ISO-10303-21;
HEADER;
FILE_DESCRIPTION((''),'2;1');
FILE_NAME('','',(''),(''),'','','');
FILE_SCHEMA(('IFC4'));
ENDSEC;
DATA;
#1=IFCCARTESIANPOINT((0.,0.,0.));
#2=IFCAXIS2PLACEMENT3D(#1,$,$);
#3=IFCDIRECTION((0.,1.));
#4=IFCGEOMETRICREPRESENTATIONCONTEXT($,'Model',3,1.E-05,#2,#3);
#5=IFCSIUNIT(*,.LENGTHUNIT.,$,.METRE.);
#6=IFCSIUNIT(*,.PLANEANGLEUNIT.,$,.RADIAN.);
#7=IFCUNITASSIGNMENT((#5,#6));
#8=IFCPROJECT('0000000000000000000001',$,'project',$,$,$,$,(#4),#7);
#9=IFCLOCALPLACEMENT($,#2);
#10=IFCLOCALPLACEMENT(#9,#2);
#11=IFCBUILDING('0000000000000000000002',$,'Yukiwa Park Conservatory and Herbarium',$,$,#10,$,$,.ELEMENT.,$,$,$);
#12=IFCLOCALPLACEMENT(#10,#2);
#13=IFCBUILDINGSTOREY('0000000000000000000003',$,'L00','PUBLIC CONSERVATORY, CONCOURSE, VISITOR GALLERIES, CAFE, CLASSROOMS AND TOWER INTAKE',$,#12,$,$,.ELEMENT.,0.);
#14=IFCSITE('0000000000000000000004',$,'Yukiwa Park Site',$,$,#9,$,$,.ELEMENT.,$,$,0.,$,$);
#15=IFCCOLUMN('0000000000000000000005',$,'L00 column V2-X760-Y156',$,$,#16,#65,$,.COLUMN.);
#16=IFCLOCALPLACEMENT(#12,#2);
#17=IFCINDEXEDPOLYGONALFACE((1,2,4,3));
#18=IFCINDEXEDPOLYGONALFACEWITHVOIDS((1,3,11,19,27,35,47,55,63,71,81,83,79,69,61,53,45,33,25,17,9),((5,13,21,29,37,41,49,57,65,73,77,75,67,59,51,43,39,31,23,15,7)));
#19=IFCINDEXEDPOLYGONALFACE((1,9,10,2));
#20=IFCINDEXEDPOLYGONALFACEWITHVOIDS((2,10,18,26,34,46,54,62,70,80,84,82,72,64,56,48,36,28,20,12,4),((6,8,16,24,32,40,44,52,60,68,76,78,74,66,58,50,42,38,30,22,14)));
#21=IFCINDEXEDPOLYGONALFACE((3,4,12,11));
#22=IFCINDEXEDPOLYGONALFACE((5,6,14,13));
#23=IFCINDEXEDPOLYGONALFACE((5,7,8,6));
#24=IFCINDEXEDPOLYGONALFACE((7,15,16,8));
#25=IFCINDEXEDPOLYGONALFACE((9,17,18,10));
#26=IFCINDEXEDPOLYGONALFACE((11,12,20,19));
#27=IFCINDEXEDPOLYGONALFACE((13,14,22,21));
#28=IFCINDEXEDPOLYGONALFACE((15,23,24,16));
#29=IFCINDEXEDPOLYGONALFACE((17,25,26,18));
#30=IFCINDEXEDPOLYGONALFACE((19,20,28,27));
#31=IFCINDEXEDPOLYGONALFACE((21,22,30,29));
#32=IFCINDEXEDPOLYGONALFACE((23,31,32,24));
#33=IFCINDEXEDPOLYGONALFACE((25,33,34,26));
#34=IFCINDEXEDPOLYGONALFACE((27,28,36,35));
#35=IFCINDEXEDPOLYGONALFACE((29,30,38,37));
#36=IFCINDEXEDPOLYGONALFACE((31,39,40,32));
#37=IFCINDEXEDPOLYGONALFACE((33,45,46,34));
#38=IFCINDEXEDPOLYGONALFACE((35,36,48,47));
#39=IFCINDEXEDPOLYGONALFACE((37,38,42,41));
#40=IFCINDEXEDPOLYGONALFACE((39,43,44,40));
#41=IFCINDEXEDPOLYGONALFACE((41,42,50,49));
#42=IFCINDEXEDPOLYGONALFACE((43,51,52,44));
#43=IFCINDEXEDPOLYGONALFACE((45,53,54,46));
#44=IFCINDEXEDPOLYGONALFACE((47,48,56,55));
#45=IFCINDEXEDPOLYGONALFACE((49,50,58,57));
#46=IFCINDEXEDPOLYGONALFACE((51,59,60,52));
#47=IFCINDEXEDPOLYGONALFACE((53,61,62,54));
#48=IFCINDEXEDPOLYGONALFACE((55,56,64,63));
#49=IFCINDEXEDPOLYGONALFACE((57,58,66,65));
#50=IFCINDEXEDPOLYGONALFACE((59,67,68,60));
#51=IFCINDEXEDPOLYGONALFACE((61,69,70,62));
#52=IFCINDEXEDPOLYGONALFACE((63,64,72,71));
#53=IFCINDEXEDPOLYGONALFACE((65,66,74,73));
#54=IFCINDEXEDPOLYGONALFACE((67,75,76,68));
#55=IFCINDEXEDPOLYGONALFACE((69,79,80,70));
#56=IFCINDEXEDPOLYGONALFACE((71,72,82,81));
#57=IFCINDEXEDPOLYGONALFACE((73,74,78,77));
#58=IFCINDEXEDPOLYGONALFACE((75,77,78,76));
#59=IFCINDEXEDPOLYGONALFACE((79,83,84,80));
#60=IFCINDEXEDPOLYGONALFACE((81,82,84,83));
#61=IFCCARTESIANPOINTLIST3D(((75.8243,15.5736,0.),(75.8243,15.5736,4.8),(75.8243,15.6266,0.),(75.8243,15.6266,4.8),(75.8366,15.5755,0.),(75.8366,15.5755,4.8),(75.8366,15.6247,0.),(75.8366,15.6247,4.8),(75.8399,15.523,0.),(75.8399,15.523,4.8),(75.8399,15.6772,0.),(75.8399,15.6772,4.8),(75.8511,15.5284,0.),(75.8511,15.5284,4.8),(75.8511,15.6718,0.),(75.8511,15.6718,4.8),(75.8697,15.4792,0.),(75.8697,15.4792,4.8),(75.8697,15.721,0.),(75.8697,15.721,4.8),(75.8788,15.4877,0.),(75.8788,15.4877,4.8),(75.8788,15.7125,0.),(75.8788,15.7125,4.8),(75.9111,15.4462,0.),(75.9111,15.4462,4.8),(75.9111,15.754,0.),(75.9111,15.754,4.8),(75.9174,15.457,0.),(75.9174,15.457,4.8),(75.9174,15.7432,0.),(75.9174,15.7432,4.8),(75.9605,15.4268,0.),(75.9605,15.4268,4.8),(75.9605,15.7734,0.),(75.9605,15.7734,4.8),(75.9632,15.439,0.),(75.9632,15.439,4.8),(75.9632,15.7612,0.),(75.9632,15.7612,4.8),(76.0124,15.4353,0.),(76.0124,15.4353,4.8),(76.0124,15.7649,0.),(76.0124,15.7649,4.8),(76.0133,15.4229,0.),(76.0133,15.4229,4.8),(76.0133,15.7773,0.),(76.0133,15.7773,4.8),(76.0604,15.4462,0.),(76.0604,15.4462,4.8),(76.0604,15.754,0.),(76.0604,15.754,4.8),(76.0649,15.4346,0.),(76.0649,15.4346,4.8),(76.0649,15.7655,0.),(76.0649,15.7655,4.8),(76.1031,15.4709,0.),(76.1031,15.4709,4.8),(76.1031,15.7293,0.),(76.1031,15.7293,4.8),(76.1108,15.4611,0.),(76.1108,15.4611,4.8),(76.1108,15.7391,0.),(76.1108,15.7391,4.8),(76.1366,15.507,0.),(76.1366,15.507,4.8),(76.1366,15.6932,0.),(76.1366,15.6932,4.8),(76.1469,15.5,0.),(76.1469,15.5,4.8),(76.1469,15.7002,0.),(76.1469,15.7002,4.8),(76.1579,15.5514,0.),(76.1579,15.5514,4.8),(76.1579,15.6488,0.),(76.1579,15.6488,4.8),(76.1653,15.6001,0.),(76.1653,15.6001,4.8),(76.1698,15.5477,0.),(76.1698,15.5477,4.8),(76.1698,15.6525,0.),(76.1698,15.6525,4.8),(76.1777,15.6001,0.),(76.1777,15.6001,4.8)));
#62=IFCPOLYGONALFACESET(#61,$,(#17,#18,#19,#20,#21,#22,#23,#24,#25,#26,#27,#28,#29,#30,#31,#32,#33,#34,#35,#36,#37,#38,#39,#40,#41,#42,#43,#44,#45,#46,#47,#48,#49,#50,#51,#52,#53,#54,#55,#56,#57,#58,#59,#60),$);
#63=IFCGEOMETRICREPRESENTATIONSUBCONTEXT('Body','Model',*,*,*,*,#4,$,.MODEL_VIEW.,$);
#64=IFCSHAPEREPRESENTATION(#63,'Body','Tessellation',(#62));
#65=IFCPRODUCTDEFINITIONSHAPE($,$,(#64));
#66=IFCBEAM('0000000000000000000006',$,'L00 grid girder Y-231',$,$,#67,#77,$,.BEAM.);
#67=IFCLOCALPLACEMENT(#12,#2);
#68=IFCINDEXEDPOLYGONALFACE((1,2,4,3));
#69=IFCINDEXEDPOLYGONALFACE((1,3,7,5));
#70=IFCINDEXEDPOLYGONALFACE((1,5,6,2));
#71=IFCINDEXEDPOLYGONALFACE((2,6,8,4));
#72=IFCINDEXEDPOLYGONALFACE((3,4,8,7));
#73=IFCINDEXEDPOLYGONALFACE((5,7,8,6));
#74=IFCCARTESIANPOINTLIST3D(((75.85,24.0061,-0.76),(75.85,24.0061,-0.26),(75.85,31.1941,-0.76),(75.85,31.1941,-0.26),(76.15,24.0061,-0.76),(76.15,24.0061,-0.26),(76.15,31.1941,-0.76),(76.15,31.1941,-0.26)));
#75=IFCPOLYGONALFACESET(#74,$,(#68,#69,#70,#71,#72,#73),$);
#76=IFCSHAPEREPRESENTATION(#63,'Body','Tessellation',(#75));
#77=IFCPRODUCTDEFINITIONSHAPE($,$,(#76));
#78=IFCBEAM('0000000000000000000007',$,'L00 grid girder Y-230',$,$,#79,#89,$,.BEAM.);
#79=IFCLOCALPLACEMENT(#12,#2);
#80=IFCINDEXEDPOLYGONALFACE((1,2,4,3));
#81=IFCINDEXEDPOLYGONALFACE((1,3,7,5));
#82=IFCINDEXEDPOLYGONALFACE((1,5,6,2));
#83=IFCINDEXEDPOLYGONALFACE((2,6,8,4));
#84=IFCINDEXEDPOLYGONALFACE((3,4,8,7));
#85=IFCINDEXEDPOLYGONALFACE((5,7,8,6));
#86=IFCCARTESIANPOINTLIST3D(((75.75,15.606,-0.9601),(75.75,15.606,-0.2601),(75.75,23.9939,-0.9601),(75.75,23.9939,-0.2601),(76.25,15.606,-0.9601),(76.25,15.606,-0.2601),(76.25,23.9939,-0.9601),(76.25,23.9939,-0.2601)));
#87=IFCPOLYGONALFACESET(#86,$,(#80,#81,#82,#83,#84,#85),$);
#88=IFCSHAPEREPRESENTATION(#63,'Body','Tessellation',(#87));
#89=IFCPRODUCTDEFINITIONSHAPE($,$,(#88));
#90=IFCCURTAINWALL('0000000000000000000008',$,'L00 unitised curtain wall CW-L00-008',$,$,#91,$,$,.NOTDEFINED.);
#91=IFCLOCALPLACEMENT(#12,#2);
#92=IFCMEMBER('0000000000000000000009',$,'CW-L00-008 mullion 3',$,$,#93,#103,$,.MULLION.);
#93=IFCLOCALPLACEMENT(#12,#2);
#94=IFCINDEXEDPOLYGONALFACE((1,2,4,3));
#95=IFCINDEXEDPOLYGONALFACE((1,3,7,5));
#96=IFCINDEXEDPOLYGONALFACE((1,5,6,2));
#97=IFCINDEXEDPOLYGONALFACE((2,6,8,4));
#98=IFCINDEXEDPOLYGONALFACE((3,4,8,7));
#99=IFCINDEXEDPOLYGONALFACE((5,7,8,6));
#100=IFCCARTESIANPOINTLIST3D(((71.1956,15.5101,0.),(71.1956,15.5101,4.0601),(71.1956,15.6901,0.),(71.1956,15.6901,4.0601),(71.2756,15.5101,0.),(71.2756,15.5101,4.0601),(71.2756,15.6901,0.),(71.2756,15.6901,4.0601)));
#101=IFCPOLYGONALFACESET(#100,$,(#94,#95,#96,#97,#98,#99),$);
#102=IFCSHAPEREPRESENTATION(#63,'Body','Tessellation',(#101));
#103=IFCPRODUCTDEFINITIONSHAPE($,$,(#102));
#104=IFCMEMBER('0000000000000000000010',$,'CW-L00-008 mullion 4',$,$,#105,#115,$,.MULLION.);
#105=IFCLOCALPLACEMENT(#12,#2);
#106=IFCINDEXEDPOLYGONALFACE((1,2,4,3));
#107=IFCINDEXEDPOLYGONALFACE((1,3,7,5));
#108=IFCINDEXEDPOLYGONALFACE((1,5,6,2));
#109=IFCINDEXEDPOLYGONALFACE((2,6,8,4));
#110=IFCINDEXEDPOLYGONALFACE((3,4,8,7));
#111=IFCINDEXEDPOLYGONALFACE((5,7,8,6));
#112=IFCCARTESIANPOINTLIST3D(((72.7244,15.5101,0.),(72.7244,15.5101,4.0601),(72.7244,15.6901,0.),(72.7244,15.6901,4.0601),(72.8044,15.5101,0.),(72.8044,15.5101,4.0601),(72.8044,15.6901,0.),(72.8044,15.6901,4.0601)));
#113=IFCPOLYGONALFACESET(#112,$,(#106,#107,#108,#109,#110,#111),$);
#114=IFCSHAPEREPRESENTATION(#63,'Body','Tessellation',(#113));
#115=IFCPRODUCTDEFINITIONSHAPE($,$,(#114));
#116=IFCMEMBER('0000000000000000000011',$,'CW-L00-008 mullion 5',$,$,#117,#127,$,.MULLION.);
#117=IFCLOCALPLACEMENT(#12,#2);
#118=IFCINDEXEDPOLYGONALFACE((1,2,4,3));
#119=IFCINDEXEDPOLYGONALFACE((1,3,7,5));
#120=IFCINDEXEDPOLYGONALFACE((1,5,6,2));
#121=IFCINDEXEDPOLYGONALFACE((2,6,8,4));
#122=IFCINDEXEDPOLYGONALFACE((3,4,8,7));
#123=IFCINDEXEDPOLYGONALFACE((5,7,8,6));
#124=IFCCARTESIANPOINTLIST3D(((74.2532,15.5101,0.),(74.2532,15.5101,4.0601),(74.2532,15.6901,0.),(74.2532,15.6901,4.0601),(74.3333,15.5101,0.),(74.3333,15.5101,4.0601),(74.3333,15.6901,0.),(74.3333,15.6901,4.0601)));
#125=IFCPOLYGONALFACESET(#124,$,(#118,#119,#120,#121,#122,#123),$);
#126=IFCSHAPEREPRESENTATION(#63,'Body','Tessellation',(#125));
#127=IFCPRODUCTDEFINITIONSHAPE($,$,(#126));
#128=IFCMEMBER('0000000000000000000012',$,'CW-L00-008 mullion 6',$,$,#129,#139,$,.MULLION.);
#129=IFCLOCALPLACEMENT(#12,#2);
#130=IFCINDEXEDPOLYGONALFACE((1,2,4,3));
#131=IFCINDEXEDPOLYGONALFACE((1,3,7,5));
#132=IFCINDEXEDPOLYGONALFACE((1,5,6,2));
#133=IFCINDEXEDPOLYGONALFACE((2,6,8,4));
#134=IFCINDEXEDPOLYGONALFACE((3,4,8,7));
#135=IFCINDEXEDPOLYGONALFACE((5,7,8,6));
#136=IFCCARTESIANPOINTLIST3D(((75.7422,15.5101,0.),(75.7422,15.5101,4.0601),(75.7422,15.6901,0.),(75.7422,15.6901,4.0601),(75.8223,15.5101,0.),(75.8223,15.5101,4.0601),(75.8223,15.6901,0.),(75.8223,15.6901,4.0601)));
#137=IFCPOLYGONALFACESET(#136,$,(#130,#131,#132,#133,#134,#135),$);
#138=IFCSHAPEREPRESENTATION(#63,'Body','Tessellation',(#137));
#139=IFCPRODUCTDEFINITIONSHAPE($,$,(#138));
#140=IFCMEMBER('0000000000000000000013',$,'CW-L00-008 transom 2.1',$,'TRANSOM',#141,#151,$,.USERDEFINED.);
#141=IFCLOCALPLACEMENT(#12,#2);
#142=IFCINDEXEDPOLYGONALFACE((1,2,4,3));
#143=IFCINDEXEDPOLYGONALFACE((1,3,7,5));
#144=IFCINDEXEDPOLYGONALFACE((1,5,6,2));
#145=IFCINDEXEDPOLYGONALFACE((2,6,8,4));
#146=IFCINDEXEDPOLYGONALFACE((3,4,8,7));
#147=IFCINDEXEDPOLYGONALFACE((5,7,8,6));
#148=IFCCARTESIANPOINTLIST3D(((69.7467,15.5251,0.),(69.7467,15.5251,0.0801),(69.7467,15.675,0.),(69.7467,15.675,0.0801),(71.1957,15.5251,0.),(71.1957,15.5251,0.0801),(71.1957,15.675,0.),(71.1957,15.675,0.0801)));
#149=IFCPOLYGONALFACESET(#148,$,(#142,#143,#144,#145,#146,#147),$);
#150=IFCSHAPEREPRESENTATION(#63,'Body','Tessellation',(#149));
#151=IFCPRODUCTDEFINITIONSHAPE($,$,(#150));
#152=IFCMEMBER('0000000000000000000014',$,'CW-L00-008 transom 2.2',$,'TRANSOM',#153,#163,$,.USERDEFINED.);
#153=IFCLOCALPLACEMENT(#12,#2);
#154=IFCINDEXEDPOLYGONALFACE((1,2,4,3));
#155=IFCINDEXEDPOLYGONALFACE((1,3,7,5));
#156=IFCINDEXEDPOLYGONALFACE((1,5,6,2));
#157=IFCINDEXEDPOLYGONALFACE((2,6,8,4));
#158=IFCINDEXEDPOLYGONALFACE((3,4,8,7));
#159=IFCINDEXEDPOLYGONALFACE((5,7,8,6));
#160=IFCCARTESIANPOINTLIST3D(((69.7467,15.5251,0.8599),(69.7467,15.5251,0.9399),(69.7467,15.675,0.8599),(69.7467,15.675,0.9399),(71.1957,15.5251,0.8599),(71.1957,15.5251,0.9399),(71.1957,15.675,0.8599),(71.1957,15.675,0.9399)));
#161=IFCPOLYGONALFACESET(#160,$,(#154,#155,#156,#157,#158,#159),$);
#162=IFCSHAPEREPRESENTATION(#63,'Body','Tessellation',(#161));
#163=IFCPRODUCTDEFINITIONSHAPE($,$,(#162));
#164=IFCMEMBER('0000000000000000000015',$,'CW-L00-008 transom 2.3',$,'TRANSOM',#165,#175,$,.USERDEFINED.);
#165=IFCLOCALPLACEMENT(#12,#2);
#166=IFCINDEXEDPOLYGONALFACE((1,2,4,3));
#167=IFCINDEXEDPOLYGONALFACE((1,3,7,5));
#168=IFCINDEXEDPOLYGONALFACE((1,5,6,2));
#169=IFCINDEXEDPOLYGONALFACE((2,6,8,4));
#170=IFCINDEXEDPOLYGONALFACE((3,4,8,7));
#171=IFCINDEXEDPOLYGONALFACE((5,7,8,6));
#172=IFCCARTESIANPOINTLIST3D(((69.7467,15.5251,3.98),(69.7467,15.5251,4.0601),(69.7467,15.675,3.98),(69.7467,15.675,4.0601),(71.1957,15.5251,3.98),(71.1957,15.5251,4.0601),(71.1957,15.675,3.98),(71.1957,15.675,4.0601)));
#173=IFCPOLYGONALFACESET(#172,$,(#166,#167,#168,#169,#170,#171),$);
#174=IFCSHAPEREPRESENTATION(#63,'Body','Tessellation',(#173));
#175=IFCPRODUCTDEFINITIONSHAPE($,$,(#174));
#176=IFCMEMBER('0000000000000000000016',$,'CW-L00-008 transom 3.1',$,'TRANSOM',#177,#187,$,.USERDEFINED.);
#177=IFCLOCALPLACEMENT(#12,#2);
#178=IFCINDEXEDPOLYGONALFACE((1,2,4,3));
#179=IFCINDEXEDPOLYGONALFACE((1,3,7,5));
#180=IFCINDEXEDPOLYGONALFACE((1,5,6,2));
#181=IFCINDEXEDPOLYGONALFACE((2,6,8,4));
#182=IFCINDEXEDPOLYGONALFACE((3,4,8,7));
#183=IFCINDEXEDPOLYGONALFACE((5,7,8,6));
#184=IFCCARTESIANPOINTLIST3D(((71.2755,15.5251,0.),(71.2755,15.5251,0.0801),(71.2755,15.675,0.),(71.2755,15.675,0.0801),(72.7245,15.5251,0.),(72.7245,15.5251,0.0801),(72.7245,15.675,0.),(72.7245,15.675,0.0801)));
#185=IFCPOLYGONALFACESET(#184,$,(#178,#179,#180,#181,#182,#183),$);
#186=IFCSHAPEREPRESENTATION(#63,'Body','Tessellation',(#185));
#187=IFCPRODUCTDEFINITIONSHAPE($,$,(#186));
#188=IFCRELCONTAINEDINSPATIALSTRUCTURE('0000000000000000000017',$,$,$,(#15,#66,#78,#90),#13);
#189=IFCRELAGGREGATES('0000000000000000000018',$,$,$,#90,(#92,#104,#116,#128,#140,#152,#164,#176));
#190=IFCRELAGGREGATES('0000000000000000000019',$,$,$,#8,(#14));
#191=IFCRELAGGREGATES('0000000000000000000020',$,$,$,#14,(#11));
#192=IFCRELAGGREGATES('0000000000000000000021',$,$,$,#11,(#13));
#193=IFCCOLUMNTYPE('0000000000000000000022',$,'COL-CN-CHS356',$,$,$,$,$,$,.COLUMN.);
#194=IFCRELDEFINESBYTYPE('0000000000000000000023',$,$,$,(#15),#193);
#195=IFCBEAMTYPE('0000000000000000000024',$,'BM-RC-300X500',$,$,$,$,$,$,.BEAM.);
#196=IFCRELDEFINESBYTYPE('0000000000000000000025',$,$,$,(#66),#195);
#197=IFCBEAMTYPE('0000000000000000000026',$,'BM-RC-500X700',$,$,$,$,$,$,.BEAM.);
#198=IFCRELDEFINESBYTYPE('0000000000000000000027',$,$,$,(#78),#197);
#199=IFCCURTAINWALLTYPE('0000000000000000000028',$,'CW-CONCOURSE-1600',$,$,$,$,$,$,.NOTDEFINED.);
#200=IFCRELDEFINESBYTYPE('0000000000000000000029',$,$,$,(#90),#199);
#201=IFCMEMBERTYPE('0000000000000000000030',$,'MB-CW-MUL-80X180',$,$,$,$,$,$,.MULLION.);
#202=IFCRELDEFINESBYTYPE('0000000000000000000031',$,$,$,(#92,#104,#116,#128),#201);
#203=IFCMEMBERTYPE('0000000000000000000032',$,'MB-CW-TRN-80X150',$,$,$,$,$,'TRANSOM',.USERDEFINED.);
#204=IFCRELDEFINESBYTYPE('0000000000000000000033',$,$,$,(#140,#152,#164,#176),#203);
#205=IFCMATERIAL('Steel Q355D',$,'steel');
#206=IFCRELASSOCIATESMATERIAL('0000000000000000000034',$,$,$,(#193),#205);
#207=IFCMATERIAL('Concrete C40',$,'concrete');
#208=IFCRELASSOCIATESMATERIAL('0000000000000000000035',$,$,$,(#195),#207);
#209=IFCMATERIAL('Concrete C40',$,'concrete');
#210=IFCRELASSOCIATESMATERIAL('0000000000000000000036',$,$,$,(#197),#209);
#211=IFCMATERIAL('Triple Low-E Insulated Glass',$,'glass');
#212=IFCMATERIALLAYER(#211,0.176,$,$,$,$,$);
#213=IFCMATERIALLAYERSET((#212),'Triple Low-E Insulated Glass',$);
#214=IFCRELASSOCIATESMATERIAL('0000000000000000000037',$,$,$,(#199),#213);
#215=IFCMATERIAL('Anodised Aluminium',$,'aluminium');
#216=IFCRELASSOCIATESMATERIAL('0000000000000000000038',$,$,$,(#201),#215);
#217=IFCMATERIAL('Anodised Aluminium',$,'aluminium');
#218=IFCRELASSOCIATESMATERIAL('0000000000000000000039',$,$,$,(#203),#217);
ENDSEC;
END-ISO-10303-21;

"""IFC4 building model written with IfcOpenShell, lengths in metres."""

from ifc_helpers import new_model, si_unit, direction, frame, origin, origin_2d, place, context, subcontext, project, spatial, rectangle, hollow_circle, extrude, material, layer, layer_set, material_profile, profile_set, type_object, element, aggregate, save


model = new_model("IFC4")

# Units and contexts
model_context = context("Model", 3, precision=1e-05, world=origin(), true_north=direction((0.0, 1.0)))
body_context = subcontext(model_context, "Body", "Model", "MODEL_VIEW")
ifc_project = project(units=[si_unit("LENGTHUNIT", "METRE"), si_unit("PLANEANGLEUNIT", "RADIAN")], contexts=[model_context])

# Site, building, storey
site_placement = place(None, origin())
site = spatial("IfcSite", under=ifc_project, at=site_placement, Name="Yukiwa Park Site", CompositionType="ELEMENT", RefElevation=0.0)
building_placement = place(site_placement, origin())
building = spatial("IfcBuilding", under=site, at=building_placement, Name="Yukiwa Park Conservatory and Herbarium", CompositionType="ELEMENT")
storey_placement = place(building_placement, origin())
storey = spatial("IfcBuildingStorey", under=building, at=storey_placement, Name="L00", Description="PUBLIC CONSERVATORY, CONCOURSE, VISITOR GALLERIES, CAFE, CLASSROOMS AND TOWER INTAKE", CompositionType="ELEMENT", Elevation=0.0)

# Column
ifc_material_1 = material(Name="Steel Q355D", Category="steel")
ifc_material_profile_1 = material_profile(ifc_material_1, hollow_circle(Radius=0.1777, WallThickness=0.0125, at=origin_2d()), Name="CHS 355.6x12.5")
ifc_profile_set_1 = profile_set([ifc_material_profile_1], Name="Steel Q355D")
column_type = type_object("IfcColumnType", Name="COL-CN-CHS356", PredefinedType="COLUMN", material=ifc_profile_set_1)
column_placement = place(storey_placement, frame((76.0, 15.6001, 0.0), z_axis=(0.0, 0.0, 1.0), x_axis=(1.0, 0.0, 0.0)))
element("IfcColumn", 1, at=column_placement, inside=storey, type_object=column_type, Name="L00 column V2-X760-Y156", PredefinedType="COLUMN", context=body_context, shape_type="SweptSolid", body=[
    extrude(hollow_circle(Radius=0.1777, WallThickness=0.0125, at=origin_2d()), origin(), (0.0, 0.0, 1.0), 4.8),
])

# Beams
ifc_material_2 = material(Name="Concrete C40", Category="concrete")
ifc_material_profile_2 = material_profile(ifc_material_2, rectangle(XDim=0.3, YDim=0.5, at=origin_2d()), Name="RC 300x500")
ifc_profile_set_2 = profile_set([ifc_material_profile_2], Name="Concrete C40")
beam_type_1 = type_object("IfcBeamType", Name="BM-RC-300X500", PredefinedType="BEAM", material=ifc_profile_set_2)
beam_1_placement = place(storey_placement, frame((76.0, 24.0061, -0.51), z_axis=(0.0, 1.0, 0.0), x_axis=(-1.0, 0.0, 0.0)))
element("IfcBeam", 2, at=beam_1_placement, inside=storey, type_object=beam_type_1, Name="L00 grid girder Y-231", PredefinedType="BEAM", context=body_context, shape_type="SweptSolid", body=[
    extrude(rectangle(XDim=0.3, YDim=0.5, at=origin_2d()), origin(), (0.0, 0.0, 1.0), 7.188),
])
ifc_material_3 = material(Name="Concrete C40", Category="concrete")
ifc_material_profile_3 = material_profile(ifc_material_3, rectangle(XDim=0.5, YDim=0.7, at=origin_2d()), Name="RC 500x700")
ifc_profile_set_3 = profile_set([ifc_material_profile_3], Name="Concrete C40")
beam_type_2 = type_object("IfcBeamType", Name="BM-RC-500X700", PredefinedType="BEAM", material=ifc_profile_set_3)
beam_2_placement = place(storey_placement, frame((76.0, 15.606, -0.6101), z_axis=(0.0, 1.0, 0.0), x_axis=(-1.0, 0.0, 0.0)))
element("IfcBeam", 3, at=beam_2_placement, inside=storey, type_object=beam_type_2, Name="L00 grid girder Y-230", PredefinedType="BEAM", context=body_context, shape_type="SweptSolid", body=[
    extrude(rectangle(XDim=0.5, YDim=0.7, at=origin_2d()), origin(), (0.0, 0.0, 1.0), 8.3879),
])

# Curtain wall, members
ifc_material_4 = material(Name="Triple Low-E Insulated Glass", Category="glass")
ifc_layer_1 = layer(ifc_material_4, 0.176)
ifc_layer_set_1 = layer_set([ifc_layer_1], Name="Triple Low-E Insulated Glass")
curtain_wall_type = type_object("IfcCurtainWallType", Name="CW-CONCOURSE-1600", PredefinedType="NOTDEFINED", material=ifc_layer_set_1)
curtain_wall_placement = place(storey_placement, origin())
curtain_wall = element("IfcCurtainWall", 4, at=curtain_wall_placement, inside=storey, type_object=curtain_wall_type, Name="L00 unitised curtain wall CW-L00-008", PredefinedType="NOTDEFINED")
ifc_material_5 = material(Name="Anodised Aluminium", Category="aluminium")
member_type_1 = type_object("IfcMemberType", Name="MB-CW-MUL-80X180", PredefinedType="MULLION", material=ifc_material_5)
member_1_placement = place(storey_placement, frame((71.2356, 15.6001, 0.0), z_axis=(0.0, 0.0, 1.0), x_axis=(1.0, 0.0, 0.0)))
member_1 = element("IfcMember", 5, at=member_1_placement, type_object=member_type_1, Name="CW-L00-008 mullion 3", PredefinedType="MULLION", context=body_context, shape_type="SweptSolid", body=[
    extrude(rectangle(XDim=0.0801, YDim=0.1799, at=origin_2d()), origin(), (0.0, 0.0, 1.0), 4.0601),
])
member_2_placement = place(storey_placement, frame((72.7644, 15.6001, 0.0), z_axis=(0.0, 0.0, 1.0), x_axis=(1.0, 0.0, 0.0)))
member_2 = element("IfcMember", 6, at=member_2_placement, type_object=member_type_1, Name="CW-L00-008 mullion 4", PredefinedType="MULLION", context=body_context, shape_type="SweptSolid", body=[
    extrude(rectangle(XDim=0.0801, YDim=0.1799, at=origin_2d()), origin(), (0.0, 0.0, 1.0), 4.0601),
])
member_3_placement = place(storey_placement, frame((74.2932, 15.6001, 0.0), z_axis=(0.0, 0.0, 1.0), x_axis=(1.0, 0.0, 0.0)))
member_3 = element("IfcMember", 7, at=member_3_placement, type_object=member_type_1, Name="CW-L00-008 mullion 5", PredefinedType="MULLION", context=body_context, shape_type="SweptSolid", body=[
    extrude(rectangle(XDim=0.0801, YDim=0.1799, at=origin_2d()), origin(), (0.0, 0.0, 1.0), 4.0601),
])
member_4_placement = place(storey_placement, frame((75.7822, 15.6001, 0.0), z_axis=(0.0, 0.0, 1.0), x_axis=(1.0, 0.0, 0.0)))
member_4 = element("IfcMember", 8, at=member_4_placement, type_object=member_type_1, Name="CW-L00-008 mullion 6", PredefinedType="MULLION", context=body_context, shape_type="SweptSolid", body=[
    extrude(rectangle(XDim=0.0801, YDim=0.1799, at=origin_2d()), origin(), (0.0, 0.0, 1.0), 4.0601),
])
ifc_material_6 = material(Name="Anodised Aluminium", Category="aluminium")
member_type_2 = type_object("IfcMemberType", Name="MB-CW-TRN-80X150", ElementType="TRANSOM", PredefinedType="USERDEFINED", material=ifc_material_6)
member_5_placement = place(storey_placement, frame((70.4712, 15.6001, 0.0), z_axis=(0.0, 0.0, 1.0), x_axis=(1.0, 0.0, 0.0)))
member_5 = element("IfcMember", 9, at=member_5_placement, type_object=member_type_2, Name="CW-L00-008 transom 2.1", ObjectType="TRANSOM", PredefinedType="USERDEFINED", context=body_context, shape_type="SweptSolid", body=[
    extrude(rectangle(XDim=1.449, YDim=0.1499, at=origin_2d()), origin(), (0.0, 0.0, 1.0), 0.0801),
])
member_6_placement = place(storey_placement, frame((70.4712, 15.6001, 0.8599), z_axis=(0.0, 0.0, 1.0), x_axis=(1.0, 0.0, 0.0)))
member_6 = element("IfcMember", 10, at=member_6_placement, type_object=member_type_2, Name="CW-L00-008 transom 2.2", ObjectType="TRANSOM", PredefinedType="USERDEFINED", context=body_context, shape_type="SweptSolid", body=[
    extrude(rectangle(XDim=1.449, YDim=0.1499, at=origin_2d()), origin(), (0.0, 0.0, 1.0), 0.0801),
])
member_7_placement = place(storey_placement, frame((70.4712, 15.6001, 3.98), z_axis=(0.0, 0.0, 1.0), x_axis=(1.0, 0.0, 0.0)))
member_7 = element("IfcMember", 11, at=member_7_placement, type_object=member_type_2, Name="CW-L00-008 transom 2.3", ObjectType="TRANSOM", PredefinedType="USERDEFINED", context=body_context, shape_type="SweptSolid", body=[
    extrude(rectangle(XDim=1.449, YDim=0.1499, at=origin_2d()), origin(), (0.0, 0.0, 1.0), 0.0801),
])
member_8_placement = place(storey_placement, frame((72.0, 15.6001, 0.0), z_axis=(0.0, 0.0, 1.0), x_axis=(1.0, 0.0, 0.0)))
member_8 = element("IfcMember", 12, at=member_8_placement, type_object=member_type_2, Name="CW-L00-008 transom 3.1", ObjectType="TRANSOM", PredefinedType="USERDEFINED", context=body_context, shape_type="SweptSolid", body=[
    extrude(rectangle(XDim=1.449, YDim=0.1499, at=origin_2d()), origin(), (0.0, 0.0, 1.0), 0.0801),
])
aggregate(curtain_wall, [member_1, member_2, member_3, member_4, member_5, member_6, member_7, member_8])

save(model, "model.ifc")
